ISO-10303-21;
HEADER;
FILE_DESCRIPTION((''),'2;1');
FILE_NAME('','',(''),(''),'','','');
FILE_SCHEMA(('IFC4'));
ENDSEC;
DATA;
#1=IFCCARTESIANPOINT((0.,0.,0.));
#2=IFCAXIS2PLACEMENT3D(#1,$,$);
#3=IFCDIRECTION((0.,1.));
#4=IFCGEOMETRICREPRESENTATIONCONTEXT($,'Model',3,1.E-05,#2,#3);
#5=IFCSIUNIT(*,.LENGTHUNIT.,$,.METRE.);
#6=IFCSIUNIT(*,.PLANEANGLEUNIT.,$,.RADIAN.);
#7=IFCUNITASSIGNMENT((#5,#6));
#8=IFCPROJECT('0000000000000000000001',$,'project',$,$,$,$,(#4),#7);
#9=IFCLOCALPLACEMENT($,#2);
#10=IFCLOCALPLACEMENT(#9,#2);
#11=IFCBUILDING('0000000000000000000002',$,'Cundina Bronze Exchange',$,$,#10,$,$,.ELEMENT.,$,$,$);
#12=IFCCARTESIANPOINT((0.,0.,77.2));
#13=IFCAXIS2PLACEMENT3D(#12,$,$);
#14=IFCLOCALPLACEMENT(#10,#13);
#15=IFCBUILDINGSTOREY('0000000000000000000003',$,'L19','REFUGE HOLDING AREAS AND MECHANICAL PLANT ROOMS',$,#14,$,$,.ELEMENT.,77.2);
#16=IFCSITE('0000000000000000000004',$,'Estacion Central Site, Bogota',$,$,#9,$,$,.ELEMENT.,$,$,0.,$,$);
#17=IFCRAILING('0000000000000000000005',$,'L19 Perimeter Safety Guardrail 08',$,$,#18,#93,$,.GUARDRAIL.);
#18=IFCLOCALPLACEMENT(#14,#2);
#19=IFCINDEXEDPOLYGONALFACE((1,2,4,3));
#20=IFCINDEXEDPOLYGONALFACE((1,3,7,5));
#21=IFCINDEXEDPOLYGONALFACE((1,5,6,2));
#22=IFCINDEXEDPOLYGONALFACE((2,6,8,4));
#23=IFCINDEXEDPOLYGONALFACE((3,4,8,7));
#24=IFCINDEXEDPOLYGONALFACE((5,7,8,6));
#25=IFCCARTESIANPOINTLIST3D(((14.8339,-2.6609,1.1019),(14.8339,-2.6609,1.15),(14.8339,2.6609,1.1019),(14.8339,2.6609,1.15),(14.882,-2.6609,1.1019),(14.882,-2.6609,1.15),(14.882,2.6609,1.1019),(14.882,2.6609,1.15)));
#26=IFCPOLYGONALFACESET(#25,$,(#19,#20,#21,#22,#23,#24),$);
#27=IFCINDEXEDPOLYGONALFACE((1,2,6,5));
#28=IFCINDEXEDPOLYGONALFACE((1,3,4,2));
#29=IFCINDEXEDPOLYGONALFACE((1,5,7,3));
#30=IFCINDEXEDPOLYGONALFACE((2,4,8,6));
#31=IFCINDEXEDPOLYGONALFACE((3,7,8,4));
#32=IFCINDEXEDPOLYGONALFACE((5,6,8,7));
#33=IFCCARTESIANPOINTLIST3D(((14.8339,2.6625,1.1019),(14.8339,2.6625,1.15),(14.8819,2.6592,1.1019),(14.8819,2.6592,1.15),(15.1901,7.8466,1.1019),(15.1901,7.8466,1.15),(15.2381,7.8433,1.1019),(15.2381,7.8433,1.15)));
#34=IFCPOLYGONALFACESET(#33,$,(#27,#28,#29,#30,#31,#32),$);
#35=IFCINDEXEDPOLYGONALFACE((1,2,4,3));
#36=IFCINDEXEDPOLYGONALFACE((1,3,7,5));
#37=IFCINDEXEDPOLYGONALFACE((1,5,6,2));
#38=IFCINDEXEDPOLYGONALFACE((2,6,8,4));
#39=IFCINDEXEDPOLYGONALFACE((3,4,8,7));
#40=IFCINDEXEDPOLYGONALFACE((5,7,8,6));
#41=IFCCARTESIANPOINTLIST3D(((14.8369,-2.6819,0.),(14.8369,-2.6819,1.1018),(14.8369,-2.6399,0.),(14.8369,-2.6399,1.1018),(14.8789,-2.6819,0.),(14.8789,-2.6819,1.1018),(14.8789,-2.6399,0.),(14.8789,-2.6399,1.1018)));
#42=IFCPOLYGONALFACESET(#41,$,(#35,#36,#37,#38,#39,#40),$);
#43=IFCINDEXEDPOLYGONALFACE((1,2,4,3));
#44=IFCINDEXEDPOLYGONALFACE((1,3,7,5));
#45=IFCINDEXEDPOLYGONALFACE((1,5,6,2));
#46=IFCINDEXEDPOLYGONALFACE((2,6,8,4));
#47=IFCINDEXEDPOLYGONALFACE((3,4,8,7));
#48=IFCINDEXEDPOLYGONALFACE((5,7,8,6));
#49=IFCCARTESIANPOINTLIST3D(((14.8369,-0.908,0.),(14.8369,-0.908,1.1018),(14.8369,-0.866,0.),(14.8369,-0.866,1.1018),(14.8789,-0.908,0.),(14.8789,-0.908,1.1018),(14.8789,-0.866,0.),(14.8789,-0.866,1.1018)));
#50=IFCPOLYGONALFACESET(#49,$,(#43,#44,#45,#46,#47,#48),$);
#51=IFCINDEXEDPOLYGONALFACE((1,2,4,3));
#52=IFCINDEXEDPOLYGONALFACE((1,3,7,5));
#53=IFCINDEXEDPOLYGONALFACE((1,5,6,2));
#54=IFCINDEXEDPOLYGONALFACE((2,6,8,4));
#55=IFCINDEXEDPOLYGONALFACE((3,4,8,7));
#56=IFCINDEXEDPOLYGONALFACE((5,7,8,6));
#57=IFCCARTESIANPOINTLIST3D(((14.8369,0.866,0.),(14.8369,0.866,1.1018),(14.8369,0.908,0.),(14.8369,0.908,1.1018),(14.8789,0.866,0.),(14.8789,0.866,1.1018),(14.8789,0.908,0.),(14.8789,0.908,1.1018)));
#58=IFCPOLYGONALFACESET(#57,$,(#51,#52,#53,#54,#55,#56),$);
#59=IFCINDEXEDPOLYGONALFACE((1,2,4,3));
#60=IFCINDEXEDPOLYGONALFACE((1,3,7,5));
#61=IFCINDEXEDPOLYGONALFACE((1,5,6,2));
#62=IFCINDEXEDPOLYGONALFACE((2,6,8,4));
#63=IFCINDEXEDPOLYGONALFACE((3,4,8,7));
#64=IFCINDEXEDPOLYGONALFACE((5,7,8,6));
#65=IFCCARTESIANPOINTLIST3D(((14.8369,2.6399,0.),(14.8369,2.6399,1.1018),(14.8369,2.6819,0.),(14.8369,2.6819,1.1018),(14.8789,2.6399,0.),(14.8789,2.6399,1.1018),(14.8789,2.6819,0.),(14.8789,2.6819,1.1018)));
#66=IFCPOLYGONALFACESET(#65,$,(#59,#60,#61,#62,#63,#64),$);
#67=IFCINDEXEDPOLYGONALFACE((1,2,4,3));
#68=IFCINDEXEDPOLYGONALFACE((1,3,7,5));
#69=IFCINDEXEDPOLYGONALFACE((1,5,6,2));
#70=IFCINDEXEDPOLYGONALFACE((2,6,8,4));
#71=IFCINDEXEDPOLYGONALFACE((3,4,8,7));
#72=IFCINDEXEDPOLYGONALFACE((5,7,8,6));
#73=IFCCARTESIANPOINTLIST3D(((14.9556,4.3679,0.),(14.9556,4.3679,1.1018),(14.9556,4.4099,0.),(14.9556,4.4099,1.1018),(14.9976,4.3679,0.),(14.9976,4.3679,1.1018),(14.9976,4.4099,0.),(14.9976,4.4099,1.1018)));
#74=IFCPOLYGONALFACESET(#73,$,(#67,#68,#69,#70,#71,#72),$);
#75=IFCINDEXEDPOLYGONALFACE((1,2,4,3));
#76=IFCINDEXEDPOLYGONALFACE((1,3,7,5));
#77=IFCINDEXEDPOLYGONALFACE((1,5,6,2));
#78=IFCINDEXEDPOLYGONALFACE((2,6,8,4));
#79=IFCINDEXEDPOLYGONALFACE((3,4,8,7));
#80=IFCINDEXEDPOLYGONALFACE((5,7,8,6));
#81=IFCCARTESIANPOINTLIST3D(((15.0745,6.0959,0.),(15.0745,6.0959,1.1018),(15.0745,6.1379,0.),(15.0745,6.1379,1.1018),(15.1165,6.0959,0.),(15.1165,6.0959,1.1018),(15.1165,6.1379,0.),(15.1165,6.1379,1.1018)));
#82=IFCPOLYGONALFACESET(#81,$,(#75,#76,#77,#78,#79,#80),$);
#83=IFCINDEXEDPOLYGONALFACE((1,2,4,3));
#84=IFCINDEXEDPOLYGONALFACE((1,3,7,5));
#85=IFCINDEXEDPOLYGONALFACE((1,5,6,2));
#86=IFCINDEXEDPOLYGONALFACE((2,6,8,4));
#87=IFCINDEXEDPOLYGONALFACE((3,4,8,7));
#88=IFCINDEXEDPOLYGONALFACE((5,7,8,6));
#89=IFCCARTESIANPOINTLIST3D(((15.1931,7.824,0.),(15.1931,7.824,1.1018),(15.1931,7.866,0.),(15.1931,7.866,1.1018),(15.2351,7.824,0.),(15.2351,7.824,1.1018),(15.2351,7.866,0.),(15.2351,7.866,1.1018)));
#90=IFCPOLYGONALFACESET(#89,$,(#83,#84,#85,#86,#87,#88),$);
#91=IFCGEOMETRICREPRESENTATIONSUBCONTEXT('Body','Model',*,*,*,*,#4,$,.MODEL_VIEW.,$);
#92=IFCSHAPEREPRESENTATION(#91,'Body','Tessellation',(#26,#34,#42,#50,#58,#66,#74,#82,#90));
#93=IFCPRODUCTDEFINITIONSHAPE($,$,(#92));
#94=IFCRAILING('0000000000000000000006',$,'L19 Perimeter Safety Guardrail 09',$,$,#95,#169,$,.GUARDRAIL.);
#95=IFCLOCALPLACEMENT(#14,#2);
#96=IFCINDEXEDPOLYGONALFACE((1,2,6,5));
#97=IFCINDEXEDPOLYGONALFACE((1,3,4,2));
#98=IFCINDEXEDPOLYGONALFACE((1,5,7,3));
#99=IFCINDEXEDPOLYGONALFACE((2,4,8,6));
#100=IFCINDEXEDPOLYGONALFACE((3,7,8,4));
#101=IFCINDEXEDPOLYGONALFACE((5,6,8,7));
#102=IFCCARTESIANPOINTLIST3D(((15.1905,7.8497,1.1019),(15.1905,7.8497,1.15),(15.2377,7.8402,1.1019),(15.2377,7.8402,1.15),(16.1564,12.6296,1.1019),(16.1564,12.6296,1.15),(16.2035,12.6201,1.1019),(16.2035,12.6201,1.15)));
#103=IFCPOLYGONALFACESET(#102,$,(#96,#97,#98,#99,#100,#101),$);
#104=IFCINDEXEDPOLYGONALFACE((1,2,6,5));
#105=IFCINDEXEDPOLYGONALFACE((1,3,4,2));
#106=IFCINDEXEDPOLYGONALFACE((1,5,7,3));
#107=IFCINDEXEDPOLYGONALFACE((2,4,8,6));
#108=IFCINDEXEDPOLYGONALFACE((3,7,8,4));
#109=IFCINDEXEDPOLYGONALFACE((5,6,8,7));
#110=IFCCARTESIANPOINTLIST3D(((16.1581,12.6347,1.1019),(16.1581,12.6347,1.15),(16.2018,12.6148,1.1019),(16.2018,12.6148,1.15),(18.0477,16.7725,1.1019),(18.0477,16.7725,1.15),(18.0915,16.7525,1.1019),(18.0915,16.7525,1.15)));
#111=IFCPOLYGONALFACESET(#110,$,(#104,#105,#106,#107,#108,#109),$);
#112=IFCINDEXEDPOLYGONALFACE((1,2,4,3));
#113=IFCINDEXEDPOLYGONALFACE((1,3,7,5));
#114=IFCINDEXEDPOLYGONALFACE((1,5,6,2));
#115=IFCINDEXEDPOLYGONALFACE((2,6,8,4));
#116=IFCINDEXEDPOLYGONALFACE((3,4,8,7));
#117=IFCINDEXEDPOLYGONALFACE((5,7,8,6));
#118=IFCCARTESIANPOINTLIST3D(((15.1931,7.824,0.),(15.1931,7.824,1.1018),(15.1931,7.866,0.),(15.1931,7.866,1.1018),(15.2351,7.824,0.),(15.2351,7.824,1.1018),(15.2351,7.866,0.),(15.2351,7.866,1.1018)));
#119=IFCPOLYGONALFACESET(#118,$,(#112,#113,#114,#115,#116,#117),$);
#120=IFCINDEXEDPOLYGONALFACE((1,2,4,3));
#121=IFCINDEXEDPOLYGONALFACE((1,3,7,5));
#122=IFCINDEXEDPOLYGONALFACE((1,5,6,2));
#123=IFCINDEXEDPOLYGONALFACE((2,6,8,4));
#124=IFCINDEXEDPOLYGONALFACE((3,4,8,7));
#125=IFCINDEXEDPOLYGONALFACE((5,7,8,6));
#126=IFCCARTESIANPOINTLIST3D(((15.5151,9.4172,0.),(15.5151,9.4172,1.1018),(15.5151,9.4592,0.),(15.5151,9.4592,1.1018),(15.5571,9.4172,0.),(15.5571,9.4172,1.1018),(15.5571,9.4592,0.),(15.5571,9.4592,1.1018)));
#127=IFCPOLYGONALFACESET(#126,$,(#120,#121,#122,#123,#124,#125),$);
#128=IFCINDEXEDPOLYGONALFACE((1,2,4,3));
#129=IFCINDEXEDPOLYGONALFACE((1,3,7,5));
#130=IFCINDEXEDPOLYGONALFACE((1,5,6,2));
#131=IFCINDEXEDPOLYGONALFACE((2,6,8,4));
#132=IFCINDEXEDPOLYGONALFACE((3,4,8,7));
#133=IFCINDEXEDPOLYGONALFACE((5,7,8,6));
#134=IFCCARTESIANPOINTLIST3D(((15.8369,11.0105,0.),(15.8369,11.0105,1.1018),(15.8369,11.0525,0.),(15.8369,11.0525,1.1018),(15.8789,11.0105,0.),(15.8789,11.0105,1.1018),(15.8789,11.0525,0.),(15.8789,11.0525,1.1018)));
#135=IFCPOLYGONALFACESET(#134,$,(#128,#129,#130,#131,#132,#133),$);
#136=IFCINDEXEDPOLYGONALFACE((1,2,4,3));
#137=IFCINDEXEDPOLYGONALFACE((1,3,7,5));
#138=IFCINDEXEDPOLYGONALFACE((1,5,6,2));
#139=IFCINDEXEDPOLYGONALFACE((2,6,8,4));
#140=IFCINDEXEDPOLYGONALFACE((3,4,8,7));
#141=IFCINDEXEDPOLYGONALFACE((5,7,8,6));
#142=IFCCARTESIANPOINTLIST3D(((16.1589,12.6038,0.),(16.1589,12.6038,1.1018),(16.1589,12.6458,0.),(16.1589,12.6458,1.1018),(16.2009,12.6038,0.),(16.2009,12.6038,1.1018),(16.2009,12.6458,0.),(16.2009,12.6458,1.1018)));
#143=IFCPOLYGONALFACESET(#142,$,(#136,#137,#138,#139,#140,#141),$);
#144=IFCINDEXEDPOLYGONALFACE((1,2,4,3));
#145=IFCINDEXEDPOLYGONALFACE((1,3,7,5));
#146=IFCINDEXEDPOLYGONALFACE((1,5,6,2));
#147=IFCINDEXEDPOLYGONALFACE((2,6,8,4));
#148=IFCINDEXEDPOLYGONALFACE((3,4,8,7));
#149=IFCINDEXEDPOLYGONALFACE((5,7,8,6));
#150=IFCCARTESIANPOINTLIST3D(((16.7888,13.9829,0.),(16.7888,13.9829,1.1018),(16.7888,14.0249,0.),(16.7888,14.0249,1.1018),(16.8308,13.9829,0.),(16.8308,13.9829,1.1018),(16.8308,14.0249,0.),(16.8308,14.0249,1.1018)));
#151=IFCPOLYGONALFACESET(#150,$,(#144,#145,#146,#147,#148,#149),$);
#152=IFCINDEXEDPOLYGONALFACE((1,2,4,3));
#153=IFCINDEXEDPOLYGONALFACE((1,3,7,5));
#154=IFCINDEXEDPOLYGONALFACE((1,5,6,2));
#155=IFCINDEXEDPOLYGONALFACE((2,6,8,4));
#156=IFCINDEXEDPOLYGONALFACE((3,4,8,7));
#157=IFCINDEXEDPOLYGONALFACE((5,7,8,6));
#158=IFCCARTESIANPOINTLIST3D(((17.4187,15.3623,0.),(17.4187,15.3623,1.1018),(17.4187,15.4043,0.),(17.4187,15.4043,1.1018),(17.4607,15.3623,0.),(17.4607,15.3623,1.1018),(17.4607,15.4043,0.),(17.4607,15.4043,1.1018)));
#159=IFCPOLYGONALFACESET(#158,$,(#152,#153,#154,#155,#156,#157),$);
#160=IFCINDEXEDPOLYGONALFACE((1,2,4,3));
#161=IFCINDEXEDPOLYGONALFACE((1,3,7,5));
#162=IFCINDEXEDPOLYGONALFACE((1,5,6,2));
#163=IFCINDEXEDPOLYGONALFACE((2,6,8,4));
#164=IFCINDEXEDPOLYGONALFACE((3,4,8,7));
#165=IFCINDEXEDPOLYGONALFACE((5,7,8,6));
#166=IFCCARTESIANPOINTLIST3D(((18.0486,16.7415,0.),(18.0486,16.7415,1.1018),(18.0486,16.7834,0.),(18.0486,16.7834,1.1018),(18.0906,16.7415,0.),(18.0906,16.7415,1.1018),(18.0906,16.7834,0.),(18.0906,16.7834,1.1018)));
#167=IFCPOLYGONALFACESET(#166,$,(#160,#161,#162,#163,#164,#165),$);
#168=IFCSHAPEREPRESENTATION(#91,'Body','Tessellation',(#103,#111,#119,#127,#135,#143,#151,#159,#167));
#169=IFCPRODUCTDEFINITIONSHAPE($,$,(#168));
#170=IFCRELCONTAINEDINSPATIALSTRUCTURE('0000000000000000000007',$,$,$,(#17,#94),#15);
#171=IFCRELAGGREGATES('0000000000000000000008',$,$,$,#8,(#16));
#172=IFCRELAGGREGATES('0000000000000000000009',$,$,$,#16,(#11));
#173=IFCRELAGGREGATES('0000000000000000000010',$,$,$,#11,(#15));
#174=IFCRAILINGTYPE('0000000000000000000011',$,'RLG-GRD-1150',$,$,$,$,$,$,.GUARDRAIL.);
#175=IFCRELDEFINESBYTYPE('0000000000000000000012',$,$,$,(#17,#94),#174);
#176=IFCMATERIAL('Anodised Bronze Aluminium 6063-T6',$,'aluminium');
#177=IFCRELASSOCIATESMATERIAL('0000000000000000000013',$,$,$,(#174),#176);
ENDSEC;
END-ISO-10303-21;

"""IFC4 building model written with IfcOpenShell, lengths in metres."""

from ifc_helpers import new_model, si_unit, direction, frame, origin, origin_2d, place, context, subcontext, project, spatial, rectangle, extrude, material, type_object, element, save


model = new_model("IFC4")

# Units and contexts
model_context = context("Model", 3, precision=1e-05, world=origin(), true_north=direction((0.0, 1.0)))
body_context = subcontext(model_context, "Body", "Model", "MODEL_VIEW")
ifc_project = project(units=[si_unit("LENGTHUNIT", "METRE"), si_unit("PLANEANGLEUNIT", "RADIAN")], contexts=[model_context])

# Site, building, storey
site_placement = place(None, origin())
site = spatial("IfcSite", under=ifc_project, at=site_placement, Name="Estacion Central Site, Bogota", CompositionType="ELEMENT", RefElevation=0.0)
building_placement = place(site_placement, origin())
building = spatial("IfcBuilding", under=site, at=building_placement, Name="Cundina Bronze Exchange", CompositionType="ELEMENT")
storey_placement = place(building_placement, frame((0.0, 0.0, 77.2)))
storey = spatial("IfcBuildingStorey", under=building, at=storey_placement, Name="L19", Description="REFUGE HOLDING AREAS AND MECHANICAL PLANT ROOMS", CompositionType="ELEMENT", Elevation=77.2)

# Shared definitions
ifc_material_1 = material(Name="Anodised Bronze Aluminium 6063-T6", Category="aluminium")

# Railings
railing_type = type_object("IfcRailingType", Name="RLG-GRD-1150", PredefinedType="GUARDRAIL", material=ifc_material_1)
railing_1_placement = place(storey_placement, frame((14.8579, -2.6609, 0.0)))
element("IfcRailing", 1, at=railing_1_placement, inside=storey, type_object=railing_type, Name="L19 Perimeter Safety Guardrail 08", PredefinedType="GUARDRAIL", context=body_context, shape_type="SweptSolid", body=[
    extrude(rectangle(XDim=0.0481, YDim=0.0481, at=origin_2d()), frame((0.0, 0.0, 1.126), z_axis=(0.0, 1.0, 0.0), x_axis=(-1.0, 0.0, 0.0)), (0.0, 0.0, 1.0), 5.3218),
    extrude(rectangle(XDim=0.0481, YDim=0.0481, at=origin_2d()), frame((0.0, 5.3218, 1.126), z_axis=(0.068549, 0.997648, 0.0), x_axis=(-0.997648, 0.068549, 0.0)), (0.0, 0.0, 1.0), 5.1963),
    extrude(rectangle(XDim=0.042, YDim=0.042, at=origin_2d()), origin(), (0.0, 0.0, 1.0), 1.1018),
    extrude(rectangle(XDim=0.042, YDim=0.042, at=origin_2d()), frame((0.0, 1.7739, 0.0)), (0.0, 0.0, 1.0), 1.1018),
    extrude(rectangle(XDim=0.042, YDim=0.042, at=origin_2d()), frame((0.0, 3.5479, 0.0)), (0.0, 0.0, 1.0), 1.1018),
    extrude(rectangle(XDim=0.042, YDim=0.042, at=origin_2d()), frame((0.0, 5.3218, 0.0)), (0.0, 0.0, 1.0), 1.1018),
    extrude(rectangle(XDim=0.042, YDim=0.042, at=origin_2d()), frame((0.1187, 7.0498, 0.0)), (0.0, 0.0, 1.0), 1.1018),
    extrude(rectangle(XDim=0.042, YDim=0.042, at=origin_2d()), frame((0.2375, 8.7778, 0.0)), (0.0, 0.0, 1.0), 1.1018),
    extrude(rectangle(XDim=0.042, YDim=0.042, at=origin_2d()), frame((0.3562, 10.5059, 0.0)), (0.0, 0.0, 1.0), 1.1018),
])
railing_2_placement = place(storey_placement, frame((15.2141, 7.845, 0.0)))
element("IfcRailing", 2, at=railing_2_placement, inside=storey, type_object=railing_type, Name="L19 Perimeter Safety Guardrail 09", PredefinedType="GUARDRAIL", context=body_context, shape_type="SweptSolid", body=[
    extrude(rectangle(XDim=0.0481, YDim=0.0481, at=origin_2d()), frame((0.0, 0.0, 1.126), z_axis=(0.198061, 0.98019, 0.0), x_axis=(-0.98019, 0.198061, 0.0)), (0.0, 0.0, 1.0), 4.8765),
    extrude(rectangle(XDim=0.0481, YDim=0.0481, at=origin_2d()), frame((0.9658, 4.7798, 1.126), z_axis=(0.41542, 0.90963, 0.0), x_axis=(-0.90963, 0.41542, 0.0)), (0.0, 0.0, 1.0), 4.5488),
    extrude(rectangle(XDim=0.042, YDim=0.042, at=origin_2d()), origin(), (0.0, 0.0, 1.0), 1.1018),
    extrude(rectangle(XDim=0.042, YDim=0.042, at=origin_2d()), frame((0.322, 1.5933, 0.0)), (0.0, 0.0, 1.0), 1.1018),
    extrude(rectangle(XDim=0.042, YDim=0.042, at=origin_2d()), frame((0.6438, 3.1865, 0.0)), (0.0, 0.0, 1.0), 1.1018),
    extrude(rectangle(XDim=0.042, YDim=0.042, at=origin_2d()), frame((0.9658, 4.7798, 0.0)), (0.0, 0.0, 1.0), 1.1018),
    extrude(rectangle(XDim=0.042, YDim=0.042, at=origin_2d()), frame((1.5957, 6.1589, 0.0)), (0.0, 0.0, 1.0), 1.1018),
    extrude(rectangle(XDim=0.042, YDim=0.042, at=origin_2d()), frame((2.2256, 7.5383, 0.0)), (0.0, 0.0, 1.0), 1.1018),
    extrude(rectangle(XDim=0.042, YDim=0.042, at=origin_2d()), frame((2.8555, 8.9175, 0.0)), (0.0, 0.0, 1.0), 1.1018),
])

save(model, "model.ifc")
